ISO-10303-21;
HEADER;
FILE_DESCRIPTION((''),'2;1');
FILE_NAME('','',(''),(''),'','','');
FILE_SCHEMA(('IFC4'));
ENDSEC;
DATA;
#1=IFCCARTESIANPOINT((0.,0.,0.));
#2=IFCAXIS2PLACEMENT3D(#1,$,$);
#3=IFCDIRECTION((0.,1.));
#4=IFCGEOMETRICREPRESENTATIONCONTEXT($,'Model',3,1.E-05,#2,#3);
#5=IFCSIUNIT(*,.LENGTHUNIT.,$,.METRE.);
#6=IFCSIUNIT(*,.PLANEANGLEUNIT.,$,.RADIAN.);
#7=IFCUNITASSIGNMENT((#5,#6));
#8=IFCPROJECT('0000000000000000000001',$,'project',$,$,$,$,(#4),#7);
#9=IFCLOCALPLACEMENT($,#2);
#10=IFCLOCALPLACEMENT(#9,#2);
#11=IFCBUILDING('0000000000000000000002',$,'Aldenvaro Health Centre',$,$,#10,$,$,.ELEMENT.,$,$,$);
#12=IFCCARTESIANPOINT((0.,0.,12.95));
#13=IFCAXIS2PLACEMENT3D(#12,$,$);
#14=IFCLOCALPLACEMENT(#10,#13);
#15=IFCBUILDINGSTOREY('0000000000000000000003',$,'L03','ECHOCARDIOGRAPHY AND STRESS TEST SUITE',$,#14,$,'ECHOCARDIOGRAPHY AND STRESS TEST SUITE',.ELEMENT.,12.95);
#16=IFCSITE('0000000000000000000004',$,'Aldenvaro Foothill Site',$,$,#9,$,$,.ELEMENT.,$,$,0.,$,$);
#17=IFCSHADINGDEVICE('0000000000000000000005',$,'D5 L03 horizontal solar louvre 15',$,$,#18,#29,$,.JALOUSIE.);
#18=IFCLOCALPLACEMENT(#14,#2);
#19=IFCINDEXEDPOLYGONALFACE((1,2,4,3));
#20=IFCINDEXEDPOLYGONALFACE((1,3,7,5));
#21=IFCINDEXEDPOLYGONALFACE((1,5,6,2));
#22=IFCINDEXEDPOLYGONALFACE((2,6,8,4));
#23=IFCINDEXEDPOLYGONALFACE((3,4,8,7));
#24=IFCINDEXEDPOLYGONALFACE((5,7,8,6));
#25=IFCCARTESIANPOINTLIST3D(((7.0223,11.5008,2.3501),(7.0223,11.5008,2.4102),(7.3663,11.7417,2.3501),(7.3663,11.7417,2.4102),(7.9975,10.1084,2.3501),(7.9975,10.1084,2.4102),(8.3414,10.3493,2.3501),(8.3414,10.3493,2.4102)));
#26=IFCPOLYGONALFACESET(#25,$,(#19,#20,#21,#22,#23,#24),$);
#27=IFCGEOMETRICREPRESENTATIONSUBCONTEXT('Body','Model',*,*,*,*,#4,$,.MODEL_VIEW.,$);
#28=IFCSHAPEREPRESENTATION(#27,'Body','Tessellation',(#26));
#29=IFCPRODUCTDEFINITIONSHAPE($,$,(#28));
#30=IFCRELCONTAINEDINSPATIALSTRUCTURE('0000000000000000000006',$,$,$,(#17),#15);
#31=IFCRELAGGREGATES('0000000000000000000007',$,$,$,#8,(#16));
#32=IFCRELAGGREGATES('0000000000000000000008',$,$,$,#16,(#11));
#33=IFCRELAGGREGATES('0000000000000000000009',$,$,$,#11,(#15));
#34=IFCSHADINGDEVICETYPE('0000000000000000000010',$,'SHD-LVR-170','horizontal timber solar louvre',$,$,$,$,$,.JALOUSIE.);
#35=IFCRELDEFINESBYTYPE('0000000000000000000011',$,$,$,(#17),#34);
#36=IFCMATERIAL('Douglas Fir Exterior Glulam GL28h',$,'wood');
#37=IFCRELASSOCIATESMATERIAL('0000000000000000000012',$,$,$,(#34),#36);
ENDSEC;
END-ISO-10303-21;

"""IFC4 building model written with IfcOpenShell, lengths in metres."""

from ifc_helpers import new_model, si_unit, direction, frame, origin, origin_2d, place, context, subcontext, project, spatial, rectangle, extrude, material, type_object, element, save


model = new_model("IFC4")

# Units and contexts
model_context = context("Model", 3, precision=1e-05, world=origin(), true_north=direction((0.0, 1.0)))
body_context = subcontext(model_context, "Body", "Model", "MODEL_VIEW")
ifc_project = project(units=[si_unit("LENGTHUNIT", "METRE"), si_unit("PLANEANGLEUNIT", "RADIAN")], contexts=[model_context])

# Site, building, storey
site_placement = place(None, origin())
site = spatial("IfcSite", under=ifc_project, at=site_placement, Name="Aldenvaro Foothill Site", CompositionType="ELEMENT", RefElevation=0.0)
building_placement = place(site_placement, origin())
building = spatial("IfcBuilding", under=site, at=building_placement, Name="Aldenvaro Health Centre", CompositionType="ELEMENT")
storey_placement = place(building_placement, frame((0.0, 0.0, 12.95)))
storey = spatial("IfcBuildingStorey", under=building, at=storey_placement, Name="L03", Description="ECHOCARDIOGRAPHY AND STRESS TEST SUITE", LongName="ECHOCARDIOGRAPHY AND STRESS TEST SUITE", CompositionType="ELEMENT", Elevation=12.95)

# Shading device
ifc_material_1 = material(Name="Douglas Fir Exterior Glulam GL28h", Category="wood")
shading_device_type_1 = type_object("IfcShadingDeviceType", Name="SHD-LVR-170", Description="horizontal timber solar louvre", PredefinedType="JALOUSIE", material=ifc_material_1)
shading_device_1_placement = place(storey_placement, frame((7.6819, 10.925, 2.3501), z_axis=(0.0, 0.0, 1.0), x_axis=(-0.573641, 0.819107, 0.0)))
element("IfcShadingDevice", 1, at=shading_device_1_placement, inside=storey, type_object=shading_device_type_1, Name="D5 L03 horizontal solar louvre 15", PredefinedType="JALOUSIE", context=body_context, shape_type="SweptSolid", body=[
    extrude(rectangle(XDim=1.7, YDim=0.4199, at=origin_2d()), origin(), (0.0, 0.0, 1.0), 0.0601),
])

save(model, "model.ifc")
